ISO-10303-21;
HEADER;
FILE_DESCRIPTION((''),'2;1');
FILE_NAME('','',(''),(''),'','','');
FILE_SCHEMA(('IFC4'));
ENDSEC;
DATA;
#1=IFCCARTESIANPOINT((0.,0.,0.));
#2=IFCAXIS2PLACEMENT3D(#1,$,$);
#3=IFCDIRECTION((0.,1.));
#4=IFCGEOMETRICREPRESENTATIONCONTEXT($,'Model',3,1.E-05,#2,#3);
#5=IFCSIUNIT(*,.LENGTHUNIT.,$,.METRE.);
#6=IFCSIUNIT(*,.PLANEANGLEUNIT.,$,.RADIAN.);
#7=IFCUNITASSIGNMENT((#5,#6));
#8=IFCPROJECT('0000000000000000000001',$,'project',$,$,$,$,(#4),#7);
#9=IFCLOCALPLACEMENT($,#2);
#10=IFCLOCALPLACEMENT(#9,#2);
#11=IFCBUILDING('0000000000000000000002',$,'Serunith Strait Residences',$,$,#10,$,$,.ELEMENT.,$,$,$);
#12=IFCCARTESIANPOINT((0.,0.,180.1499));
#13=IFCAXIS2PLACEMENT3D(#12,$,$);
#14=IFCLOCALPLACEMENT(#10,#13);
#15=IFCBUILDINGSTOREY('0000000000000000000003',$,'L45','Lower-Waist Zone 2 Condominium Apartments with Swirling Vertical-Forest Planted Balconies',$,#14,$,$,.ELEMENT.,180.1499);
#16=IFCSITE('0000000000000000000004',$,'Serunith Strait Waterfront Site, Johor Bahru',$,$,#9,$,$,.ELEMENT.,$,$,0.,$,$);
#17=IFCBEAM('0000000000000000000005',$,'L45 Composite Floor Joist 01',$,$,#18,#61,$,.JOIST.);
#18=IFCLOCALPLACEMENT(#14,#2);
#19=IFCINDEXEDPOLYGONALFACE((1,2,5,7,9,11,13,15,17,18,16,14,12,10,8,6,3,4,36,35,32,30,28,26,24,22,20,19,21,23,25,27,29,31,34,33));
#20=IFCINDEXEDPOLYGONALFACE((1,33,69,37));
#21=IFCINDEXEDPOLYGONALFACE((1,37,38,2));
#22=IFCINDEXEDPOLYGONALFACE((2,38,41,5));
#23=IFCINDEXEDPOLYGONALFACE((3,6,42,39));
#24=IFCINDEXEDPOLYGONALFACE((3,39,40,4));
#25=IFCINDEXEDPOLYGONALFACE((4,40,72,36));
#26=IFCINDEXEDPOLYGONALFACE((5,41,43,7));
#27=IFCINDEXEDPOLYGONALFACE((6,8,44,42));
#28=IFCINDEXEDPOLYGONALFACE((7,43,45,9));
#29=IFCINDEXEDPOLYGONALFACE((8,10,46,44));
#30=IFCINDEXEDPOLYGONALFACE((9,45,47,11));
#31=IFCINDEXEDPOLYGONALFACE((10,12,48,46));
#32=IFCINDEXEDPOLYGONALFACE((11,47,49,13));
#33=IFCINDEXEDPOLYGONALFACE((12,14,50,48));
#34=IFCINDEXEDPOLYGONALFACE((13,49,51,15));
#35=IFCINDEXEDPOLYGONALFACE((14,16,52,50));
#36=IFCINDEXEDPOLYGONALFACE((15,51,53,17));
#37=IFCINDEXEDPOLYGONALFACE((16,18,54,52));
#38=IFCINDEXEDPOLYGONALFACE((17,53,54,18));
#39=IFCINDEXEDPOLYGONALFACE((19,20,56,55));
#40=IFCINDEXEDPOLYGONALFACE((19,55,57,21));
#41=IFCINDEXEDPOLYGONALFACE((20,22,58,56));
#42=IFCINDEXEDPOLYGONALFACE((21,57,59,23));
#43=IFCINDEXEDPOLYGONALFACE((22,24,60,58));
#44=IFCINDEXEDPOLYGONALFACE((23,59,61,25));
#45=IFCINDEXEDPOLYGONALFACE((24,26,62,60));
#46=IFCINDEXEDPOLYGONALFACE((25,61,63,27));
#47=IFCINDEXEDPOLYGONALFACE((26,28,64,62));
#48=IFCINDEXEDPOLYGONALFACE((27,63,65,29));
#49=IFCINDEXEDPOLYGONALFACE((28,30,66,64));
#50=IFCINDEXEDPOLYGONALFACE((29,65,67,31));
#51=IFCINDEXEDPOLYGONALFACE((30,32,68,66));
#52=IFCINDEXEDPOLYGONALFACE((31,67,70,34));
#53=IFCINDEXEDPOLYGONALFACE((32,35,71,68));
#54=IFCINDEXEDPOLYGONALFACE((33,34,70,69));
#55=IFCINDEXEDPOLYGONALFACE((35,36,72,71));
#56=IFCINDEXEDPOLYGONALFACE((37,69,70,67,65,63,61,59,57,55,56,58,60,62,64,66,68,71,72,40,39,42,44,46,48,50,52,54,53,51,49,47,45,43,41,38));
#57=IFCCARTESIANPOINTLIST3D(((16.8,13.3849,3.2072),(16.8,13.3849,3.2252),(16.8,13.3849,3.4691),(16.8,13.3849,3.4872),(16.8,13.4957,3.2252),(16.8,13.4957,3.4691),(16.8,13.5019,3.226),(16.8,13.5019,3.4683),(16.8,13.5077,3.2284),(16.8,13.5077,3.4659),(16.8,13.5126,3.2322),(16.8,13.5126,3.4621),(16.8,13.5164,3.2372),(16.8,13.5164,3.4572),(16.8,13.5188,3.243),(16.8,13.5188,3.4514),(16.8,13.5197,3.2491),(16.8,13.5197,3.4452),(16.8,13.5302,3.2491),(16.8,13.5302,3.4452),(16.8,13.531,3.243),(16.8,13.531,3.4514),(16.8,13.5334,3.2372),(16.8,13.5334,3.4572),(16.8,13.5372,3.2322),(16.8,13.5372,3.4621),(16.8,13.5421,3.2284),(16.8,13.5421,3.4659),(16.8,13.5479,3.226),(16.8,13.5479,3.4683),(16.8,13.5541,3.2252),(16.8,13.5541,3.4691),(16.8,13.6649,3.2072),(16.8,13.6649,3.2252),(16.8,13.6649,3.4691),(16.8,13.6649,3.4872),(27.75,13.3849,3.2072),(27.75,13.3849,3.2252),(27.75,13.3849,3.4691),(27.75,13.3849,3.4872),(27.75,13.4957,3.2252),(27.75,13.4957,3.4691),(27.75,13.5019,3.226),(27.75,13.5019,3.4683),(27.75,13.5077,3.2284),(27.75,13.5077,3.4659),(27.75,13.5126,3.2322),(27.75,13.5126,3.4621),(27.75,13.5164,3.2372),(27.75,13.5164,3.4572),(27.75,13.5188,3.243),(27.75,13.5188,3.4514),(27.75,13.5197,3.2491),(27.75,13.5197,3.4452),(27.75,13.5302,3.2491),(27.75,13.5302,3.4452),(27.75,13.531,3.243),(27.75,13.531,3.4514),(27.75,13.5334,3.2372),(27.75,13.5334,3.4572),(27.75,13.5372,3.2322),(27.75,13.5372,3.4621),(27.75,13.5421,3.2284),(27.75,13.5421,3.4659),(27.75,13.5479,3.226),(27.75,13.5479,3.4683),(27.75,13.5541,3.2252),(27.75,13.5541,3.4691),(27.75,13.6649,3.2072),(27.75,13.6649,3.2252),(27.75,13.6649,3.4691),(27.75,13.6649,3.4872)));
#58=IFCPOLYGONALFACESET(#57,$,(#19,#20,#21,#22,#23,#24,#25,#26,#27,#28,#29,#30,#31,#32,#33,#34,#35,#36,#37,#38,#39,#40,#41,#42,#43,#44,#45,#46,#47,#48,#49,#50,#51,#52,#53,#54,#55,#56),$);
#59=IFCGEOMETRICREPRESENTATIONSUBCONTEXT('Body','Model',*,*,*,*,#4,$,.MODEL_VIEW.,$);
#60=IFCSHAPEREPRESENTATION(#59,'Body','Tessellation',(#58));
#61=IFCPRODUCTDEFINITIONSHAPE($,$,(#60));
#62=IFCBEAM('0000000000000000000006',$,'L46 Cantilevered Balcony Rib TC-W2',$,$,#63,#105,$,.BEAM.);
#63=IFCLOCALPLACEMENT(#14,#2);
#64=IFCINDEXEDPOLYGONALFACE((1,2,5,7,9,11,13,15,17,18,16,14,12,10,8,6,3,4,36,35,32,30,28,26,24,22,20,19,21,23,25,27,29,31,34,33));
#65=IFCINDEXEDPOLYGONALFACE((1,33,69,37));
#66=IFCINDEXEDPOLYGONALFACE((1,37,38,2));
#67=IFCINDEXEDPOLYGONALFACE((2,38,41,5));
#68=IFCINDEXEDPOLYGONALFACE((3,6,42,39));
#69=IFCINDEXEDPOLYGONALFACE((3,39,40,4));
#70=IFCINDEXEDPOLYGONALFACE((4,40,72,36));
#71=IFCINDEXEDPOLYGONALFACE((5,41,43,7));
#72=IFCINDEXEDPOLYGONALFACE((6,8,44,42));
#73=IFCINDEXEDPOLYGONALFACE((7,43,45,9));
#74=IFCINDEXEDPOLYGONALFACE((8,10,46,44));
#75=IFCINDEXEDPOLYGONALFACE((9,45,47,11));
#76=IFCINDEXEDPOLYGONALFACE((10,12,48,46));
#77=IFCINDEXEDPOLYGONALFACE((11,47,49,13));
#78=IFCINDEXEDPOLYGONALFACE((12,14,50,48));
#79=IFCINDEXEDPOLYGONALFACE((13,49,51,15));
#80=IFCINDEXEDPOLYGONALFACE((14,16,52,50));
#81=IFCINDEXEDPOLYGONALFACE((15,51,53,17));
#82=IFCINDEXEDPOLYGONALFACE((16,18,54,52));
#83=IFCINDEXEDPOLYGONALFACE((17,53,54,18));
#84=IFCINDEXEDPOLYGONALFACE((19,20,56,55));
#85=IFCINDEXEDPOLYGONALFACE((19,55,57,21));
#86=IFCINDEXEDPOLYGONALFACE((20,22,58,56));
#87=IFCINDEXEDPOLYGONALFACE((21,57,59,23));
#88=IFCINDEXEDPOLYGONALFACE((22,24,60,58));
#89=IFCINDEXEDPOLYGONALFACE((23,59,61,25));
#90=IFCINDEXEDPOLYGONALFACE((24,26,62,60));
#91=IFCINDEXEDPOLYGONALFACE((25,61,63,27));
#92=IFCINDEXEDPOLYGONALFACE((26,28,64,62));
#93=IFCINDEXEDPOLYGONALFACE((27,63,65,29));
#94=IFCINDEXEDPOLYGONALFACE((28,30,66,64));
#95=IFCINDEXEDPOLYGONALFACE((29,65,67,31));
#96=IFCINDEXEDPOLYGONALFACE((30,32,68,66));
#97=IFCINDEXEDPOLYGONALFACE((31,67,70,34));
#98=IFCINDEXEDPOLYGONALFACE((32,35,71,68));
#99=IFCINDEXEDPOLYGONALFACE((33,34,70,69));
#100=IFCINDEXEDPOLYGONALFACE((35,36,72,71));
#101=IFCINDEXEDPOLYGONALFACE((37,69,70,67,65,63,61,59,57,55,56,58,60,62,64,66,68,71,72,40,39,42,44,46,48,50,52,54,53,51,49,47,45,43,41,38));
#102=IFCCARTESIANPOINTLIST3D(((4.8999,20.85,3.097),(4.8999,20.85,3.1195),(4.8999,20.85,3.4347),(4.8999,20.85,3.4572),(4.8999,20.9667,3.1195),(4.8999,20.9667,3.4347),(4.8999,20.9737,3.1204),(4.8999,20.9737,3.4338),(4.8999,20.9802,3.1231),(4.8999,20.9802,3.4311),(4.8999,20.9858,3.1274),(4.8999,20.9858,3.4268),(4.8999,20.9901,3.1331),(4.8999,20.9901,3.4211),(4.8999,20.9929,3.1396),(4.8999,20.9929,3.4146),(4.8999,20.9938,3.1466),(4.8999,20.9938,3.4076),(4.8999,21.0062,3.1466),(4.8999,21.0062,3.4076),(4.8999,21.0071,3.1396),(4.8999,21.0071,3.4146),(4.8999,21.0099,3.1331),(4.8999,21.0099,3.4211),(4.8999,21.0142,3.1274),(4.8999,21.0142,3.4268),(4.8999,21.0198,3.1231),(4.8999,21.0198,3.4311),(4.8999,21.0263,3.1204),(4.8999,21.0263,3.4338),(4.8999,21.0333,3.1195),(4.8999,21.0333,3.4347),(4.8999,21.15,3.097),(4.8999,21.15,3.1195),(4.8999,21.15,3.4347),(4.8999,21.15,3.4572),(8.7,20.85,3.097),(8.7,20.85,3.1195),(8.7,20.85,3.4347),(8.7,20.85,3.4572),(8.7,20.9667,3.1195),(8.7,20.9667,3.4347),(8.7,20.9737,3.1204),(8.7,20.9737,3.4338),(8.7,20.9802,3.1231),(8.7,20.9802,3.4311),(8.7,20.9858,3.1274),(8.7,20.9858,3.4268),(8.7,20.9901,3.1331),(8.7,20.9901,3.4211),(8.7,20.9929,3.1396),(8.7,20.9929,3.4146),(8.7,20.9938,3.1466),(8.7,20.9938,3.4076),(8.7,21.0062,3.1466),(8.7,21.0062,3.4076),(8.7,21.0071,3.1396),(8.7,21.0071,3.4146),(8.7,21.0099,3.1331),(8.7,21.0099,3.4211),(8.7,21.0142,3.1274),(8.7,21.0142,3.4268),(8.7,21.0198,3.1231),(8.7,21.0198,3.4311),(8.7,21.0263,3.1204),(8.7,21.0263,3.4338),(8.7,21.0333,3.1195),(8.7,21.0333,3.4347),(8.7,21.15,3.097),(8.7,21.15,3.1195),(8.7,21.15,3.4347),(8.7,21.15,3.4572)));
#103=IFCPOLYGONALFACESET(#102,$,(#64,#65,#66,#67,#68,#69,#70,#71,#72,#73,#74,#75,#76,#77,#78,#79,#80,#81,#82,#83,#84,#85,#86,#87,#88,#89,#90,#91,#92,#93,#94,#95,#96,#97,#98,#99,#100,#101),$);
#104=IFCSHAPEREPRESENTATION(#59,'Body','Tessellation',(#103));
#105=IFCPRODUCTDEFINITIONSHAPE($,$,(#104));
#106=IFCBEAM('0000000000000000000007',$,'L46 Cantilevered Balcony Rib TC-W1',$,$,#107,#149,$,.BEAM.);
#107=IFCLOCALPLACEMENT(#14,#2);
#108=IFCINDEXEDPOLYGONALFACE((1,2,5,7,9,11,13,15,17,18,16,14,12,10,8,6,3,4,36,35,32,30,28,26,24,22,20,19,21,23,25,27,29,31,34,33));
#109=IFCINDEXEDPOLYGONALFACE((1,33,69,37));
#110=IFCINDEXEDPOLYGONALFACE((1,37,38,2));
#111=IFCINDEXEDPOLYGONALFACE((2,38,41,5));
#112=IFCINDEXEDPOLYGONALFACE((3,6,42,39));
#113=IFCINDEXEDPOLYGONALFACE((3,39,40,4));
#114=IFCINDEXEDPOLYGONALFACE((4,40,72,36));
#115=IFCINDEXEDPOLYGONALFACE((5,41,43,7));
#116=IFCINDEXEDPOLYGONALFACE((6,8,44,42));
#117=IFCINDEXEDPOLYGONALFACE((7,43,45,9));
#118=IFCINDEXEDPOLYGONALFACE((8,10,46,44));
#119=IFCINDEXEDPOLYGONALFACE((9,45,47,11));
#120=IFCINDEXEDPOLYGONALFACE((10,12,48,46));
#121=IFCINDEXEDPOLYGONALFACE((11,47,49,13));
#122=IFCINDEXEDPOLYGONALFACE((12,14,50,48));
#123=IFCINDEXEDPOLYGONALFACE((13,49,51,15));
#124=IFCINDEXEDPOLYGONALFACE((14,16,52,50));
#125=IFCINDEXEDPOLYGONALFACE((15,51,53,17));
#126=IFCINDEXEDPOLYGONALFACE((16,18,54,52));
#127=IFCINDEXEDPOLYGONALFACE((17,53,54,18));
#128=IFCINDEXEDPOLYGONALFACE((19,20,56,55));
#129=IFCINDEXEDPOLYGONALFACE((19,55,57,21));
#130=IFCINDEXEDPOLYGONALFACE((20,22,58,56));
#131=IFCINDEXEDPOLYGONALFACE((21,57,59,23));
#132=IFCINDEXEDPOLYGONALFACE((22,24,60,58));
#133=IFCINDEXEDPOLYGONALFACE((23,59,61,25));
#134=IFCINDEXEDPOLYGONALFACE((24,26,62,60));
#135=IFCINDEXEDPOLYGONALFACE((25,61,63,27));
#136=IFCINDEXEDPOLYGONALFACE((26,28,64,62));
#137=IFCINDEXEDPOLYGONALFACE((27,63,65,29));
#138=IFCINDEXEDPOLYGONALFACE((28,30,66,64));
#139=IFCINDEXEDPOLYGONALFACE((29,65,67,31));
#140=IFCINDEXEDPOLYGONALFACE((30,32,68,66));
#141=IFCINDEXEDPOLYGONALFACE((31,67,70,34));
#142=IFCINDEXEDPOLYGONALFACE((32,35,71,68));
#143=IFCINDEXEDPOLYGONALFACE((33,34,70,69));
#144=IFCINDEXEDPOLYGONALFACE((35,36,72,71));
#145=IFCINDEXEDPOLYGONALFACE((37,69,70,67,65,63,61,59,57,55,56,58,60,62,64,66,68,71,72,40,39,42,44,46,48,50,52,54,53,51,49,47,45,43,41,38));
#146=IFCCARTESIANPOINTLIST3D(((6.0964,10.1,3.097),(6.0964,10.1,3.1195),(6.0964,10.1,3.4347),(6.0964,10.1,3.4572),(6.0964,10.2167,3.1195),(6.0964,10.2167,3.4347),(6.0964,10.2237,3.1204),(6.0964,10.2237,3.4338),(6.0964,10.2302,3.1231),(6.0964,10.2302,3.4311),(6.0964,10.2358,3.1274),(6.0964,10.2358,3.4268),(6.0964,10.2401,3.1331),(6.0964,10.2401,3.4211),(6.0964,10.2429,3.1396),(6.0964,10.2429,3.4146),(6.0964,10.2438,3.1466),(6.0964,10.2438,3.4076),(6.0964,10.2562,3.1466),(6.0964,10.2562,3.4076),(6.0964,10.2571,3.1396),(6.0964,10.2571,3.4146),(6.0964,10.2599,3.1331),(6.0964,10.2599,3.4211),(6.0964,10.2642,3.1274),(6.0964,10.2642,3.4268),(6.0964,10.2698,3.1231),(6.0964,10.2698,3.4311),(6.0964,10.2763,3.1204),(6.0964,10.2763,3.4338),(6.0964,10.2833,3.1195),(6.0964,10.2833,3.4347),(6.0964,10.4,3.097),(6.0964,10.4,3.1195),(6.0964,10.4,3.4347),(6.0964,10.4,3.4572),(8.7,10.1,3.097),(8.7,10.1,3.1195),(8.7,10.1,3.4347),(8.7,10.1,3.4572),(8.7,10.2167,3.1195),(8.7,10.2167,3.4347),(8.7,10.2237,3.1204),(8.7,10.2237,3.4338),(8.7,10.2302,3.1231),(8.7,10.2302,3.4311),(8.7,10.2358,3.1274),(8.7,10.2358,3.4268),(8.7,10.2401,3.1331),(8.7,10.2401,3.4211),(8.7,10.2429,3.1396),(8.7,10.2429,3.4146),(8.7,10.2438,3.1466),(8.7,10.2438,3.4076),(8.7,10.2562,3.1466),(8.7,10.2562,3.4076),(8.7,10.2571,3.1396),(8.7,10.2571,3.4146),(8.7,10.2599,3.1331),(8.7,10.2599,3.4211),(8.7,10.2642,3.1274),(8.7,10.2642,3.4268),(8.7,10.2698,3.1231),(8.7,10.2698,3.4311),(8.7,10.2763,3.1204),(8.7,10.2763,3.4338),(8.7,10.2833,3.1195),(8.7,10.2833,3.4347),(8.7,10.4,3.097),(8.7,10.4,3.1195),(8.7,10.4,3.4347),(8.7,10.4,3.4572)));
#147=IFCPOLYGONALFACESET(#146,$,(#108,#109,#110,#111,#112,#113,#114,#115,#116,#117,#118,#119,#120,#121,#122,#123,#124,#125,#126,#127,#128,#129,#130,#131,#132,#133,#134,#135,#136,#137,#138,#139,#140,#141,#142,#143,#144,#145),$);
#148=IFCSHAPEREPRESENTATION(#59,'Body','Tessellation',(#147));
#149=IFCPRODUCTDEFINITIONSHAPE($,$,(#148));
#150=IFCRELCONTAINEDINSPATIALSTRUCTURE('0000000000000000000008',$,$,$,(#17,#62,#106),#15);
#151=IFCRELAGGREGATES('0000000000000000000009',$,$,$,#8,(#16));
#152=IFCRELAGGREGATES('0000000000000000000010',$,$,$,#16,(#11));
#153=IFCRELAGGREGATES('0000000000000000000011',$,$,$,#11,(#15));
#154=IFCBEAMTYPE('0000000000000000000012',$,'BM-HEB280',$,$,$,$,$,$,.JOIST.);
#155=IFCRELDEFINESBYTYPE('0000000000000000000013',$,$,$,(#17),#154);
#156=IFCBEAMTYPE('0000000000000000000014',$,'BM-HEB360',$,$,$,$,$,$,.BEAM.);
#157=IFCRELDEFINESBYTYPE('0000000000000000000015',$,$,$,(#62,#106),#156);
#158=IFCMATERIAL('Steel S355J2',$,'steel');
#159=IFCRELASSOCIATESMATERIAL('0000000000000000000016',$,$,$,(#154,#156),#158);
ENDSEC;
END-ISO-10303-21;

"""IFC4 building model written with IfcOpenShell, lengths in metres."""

from ifc_helpers import new_model, si_unit, direction, frame, origin, origin_2d, place, context, subcontext, project, spatial, i_section, extrude, source, transform, mapped, material, material_profile, profile_set, type_object, element, save


model = new_model("IFC4")

# Units and contexts
model_context = context("Model", 3, precision=1e-05, world=origin(), true_north=direction((0.0, 1.0)))
body_context = subcontext(model_context, "Body", "Model", "MODEL_VIEW")
ifc_project = project(units=[si_unit("LENGTHUNIT", "METRE"), si_unit("PLANEANGLEUNIT", "RADIAN")], contexts=[model_context])

# Site, building, storey
site_placement = place(None, origin())
site = spatial("IfcSite", under=ifc_project, at=site_placement, Name="Serunith Strait Waterfront Site, Johor Bahru", CompositionType="ELEMENT", RefElevation=0.0)
building_placement = place(site_placement, origin())
building = spatial("IfcBuilding", under=site, at=building_placement, Name="Serunith Strait Residences", CompositionType="ELEMENT")
storey_placement = place(building_placement, frame((0.0, 0.0, 180.1499)))
storey = spatial("IfcBuildingStorey", under=building, at=storey_placement, Name="L45", Description="Lower-Waist Zone 2 Condominium Apartments with Swirling Vertical-Forest Planted Balconies", CompositionType="ELEMENT", Elevation=180.1499)

# Beams
ifc_material_1 = material(Name="Steel S355J2", Category="steel")
ifc_material_profile_1 = material_profile(ifc_material_1, i_section(OverallWidth=0.28, OverallDepth=0.28, WebThickness=0.0105, FlangeThickness=0.0181, FilletRadius=0.0239, at=origin_2d()), Name="HEB 280")
ifc_profile_set_1 = profile_set([ifc_material_profile_1], Name="Steel S355J2")
beam_type_1 = type_object("IfcBeamType", Name="BM-HEB280", PredefinedType="JOIST", material=ifc_profile_set_1)
shared_shape_1 = source(origin(), body_context, "Body", "SweptSolid", [
    extrude(i_section(OverallWidth=0.28, OverallDepth=0.28, WebThickness=0.0105, FlangeThickness=0.0181, FilletRadius=0.0239, at=origin_2d()), origin(), (0.0, 0.0, 1.0), 10.95),
])
beam_1_placement = place(storey_placement, frame((16.8, 13.5249, 3.3472), z_axis=(1.0, 0.0, 0.0), x_axis=(0.0, 1.0, 0.0)))
element("IfcBeam", 1, at=beam_1_placement, inside=storey, type_object=beam_type_1, Name="L45 Composite Floor Joist 01", PredefinedType="JOIST", context=body_context, shape_type="MappedRepresentation", body=[
    mapped(shared_shape_1, transform((0.0, 0.0, 0.0), scale=1.0)),
])
ifc_material_profile_2 = material_profile(ifc_material_1, i_section(OverallWidth=0.3, OverallDepth=0.3601, WebThickness=0.0125, FlangeThickness=0.0225, FilletRadius=0.0271, at=origin_2d()), Name="HEB 360")
ifc_profile_set_2 = profile_set([ifc_material_profile_2], Name="Steel S355J2")
beam_type_2 = type_object("IfcBeamType", Name="BM-HEB360", PredefinedType="BEAM", material=ifc_profile_set_2)
shared_shape_2 = source(origin(), body_context, "Body", "SweptSolid", [
    extrude(i_section(OverallWidth=0.3, OverallDepth=0.3601, WebThickness=0.0125, FlangeThickness=0.0225, FilletRadius=0.0271, at=origin_2d()), origin(), (0.0, 0.0, 1.0), 3.8),
])
beam_2_placement = place(storey_placement, frame((8.7, 21.0, 3.2771), z_axis=(-1.0, 0.0, 0.0), x_axis=(0.0, -1.0, 0.0)))
element("IfcBeam", 2, at=beam_2_placement, inside=storey, type_object=beam_type_2, Name="L46 Cantilevered Balcony Rib TC-W2", PredefinedType="BEAM", context=body_context, shape_type="MappedRepresentation", body=[
    mapped(shared_shape_2, transform((0.0, 0.0, 0.0), scale=1.0)),
])
shared_shape_3 = source(origin(), body_context, "Body", "SweptSolid", [
    extrude(i_section(OverallWidth=0.3, OverallDepth=0.3601, WebThickness=0.0125, FlangeThickness=0.0225, FilletRadius=0.0271, at=origin_2d()), origin(), (0.0, 0.0, 1.0), 2.6035),
])
beam_3_placement = place(storey_placement, frame((8.7, 10.25, 3.2771), z_axis=(-1.0, 0.0, 0.0), x_axis=(0.0, -1.0, 0.0)))
element("IfcBeam", 3, at=beam_3_placement, inside=storey, type_object=beam_type_2, Name="L46 Cantilevered Balcony Rib TC-W1", PredefinedType="BEAM", context=body_context, shape_type="MappedRepresentation", body=[
    mapped(shared_shape_3, transform((0.0, 0.0, 0.0), scale=1.0)),
])

save(model, "model.ifc")
